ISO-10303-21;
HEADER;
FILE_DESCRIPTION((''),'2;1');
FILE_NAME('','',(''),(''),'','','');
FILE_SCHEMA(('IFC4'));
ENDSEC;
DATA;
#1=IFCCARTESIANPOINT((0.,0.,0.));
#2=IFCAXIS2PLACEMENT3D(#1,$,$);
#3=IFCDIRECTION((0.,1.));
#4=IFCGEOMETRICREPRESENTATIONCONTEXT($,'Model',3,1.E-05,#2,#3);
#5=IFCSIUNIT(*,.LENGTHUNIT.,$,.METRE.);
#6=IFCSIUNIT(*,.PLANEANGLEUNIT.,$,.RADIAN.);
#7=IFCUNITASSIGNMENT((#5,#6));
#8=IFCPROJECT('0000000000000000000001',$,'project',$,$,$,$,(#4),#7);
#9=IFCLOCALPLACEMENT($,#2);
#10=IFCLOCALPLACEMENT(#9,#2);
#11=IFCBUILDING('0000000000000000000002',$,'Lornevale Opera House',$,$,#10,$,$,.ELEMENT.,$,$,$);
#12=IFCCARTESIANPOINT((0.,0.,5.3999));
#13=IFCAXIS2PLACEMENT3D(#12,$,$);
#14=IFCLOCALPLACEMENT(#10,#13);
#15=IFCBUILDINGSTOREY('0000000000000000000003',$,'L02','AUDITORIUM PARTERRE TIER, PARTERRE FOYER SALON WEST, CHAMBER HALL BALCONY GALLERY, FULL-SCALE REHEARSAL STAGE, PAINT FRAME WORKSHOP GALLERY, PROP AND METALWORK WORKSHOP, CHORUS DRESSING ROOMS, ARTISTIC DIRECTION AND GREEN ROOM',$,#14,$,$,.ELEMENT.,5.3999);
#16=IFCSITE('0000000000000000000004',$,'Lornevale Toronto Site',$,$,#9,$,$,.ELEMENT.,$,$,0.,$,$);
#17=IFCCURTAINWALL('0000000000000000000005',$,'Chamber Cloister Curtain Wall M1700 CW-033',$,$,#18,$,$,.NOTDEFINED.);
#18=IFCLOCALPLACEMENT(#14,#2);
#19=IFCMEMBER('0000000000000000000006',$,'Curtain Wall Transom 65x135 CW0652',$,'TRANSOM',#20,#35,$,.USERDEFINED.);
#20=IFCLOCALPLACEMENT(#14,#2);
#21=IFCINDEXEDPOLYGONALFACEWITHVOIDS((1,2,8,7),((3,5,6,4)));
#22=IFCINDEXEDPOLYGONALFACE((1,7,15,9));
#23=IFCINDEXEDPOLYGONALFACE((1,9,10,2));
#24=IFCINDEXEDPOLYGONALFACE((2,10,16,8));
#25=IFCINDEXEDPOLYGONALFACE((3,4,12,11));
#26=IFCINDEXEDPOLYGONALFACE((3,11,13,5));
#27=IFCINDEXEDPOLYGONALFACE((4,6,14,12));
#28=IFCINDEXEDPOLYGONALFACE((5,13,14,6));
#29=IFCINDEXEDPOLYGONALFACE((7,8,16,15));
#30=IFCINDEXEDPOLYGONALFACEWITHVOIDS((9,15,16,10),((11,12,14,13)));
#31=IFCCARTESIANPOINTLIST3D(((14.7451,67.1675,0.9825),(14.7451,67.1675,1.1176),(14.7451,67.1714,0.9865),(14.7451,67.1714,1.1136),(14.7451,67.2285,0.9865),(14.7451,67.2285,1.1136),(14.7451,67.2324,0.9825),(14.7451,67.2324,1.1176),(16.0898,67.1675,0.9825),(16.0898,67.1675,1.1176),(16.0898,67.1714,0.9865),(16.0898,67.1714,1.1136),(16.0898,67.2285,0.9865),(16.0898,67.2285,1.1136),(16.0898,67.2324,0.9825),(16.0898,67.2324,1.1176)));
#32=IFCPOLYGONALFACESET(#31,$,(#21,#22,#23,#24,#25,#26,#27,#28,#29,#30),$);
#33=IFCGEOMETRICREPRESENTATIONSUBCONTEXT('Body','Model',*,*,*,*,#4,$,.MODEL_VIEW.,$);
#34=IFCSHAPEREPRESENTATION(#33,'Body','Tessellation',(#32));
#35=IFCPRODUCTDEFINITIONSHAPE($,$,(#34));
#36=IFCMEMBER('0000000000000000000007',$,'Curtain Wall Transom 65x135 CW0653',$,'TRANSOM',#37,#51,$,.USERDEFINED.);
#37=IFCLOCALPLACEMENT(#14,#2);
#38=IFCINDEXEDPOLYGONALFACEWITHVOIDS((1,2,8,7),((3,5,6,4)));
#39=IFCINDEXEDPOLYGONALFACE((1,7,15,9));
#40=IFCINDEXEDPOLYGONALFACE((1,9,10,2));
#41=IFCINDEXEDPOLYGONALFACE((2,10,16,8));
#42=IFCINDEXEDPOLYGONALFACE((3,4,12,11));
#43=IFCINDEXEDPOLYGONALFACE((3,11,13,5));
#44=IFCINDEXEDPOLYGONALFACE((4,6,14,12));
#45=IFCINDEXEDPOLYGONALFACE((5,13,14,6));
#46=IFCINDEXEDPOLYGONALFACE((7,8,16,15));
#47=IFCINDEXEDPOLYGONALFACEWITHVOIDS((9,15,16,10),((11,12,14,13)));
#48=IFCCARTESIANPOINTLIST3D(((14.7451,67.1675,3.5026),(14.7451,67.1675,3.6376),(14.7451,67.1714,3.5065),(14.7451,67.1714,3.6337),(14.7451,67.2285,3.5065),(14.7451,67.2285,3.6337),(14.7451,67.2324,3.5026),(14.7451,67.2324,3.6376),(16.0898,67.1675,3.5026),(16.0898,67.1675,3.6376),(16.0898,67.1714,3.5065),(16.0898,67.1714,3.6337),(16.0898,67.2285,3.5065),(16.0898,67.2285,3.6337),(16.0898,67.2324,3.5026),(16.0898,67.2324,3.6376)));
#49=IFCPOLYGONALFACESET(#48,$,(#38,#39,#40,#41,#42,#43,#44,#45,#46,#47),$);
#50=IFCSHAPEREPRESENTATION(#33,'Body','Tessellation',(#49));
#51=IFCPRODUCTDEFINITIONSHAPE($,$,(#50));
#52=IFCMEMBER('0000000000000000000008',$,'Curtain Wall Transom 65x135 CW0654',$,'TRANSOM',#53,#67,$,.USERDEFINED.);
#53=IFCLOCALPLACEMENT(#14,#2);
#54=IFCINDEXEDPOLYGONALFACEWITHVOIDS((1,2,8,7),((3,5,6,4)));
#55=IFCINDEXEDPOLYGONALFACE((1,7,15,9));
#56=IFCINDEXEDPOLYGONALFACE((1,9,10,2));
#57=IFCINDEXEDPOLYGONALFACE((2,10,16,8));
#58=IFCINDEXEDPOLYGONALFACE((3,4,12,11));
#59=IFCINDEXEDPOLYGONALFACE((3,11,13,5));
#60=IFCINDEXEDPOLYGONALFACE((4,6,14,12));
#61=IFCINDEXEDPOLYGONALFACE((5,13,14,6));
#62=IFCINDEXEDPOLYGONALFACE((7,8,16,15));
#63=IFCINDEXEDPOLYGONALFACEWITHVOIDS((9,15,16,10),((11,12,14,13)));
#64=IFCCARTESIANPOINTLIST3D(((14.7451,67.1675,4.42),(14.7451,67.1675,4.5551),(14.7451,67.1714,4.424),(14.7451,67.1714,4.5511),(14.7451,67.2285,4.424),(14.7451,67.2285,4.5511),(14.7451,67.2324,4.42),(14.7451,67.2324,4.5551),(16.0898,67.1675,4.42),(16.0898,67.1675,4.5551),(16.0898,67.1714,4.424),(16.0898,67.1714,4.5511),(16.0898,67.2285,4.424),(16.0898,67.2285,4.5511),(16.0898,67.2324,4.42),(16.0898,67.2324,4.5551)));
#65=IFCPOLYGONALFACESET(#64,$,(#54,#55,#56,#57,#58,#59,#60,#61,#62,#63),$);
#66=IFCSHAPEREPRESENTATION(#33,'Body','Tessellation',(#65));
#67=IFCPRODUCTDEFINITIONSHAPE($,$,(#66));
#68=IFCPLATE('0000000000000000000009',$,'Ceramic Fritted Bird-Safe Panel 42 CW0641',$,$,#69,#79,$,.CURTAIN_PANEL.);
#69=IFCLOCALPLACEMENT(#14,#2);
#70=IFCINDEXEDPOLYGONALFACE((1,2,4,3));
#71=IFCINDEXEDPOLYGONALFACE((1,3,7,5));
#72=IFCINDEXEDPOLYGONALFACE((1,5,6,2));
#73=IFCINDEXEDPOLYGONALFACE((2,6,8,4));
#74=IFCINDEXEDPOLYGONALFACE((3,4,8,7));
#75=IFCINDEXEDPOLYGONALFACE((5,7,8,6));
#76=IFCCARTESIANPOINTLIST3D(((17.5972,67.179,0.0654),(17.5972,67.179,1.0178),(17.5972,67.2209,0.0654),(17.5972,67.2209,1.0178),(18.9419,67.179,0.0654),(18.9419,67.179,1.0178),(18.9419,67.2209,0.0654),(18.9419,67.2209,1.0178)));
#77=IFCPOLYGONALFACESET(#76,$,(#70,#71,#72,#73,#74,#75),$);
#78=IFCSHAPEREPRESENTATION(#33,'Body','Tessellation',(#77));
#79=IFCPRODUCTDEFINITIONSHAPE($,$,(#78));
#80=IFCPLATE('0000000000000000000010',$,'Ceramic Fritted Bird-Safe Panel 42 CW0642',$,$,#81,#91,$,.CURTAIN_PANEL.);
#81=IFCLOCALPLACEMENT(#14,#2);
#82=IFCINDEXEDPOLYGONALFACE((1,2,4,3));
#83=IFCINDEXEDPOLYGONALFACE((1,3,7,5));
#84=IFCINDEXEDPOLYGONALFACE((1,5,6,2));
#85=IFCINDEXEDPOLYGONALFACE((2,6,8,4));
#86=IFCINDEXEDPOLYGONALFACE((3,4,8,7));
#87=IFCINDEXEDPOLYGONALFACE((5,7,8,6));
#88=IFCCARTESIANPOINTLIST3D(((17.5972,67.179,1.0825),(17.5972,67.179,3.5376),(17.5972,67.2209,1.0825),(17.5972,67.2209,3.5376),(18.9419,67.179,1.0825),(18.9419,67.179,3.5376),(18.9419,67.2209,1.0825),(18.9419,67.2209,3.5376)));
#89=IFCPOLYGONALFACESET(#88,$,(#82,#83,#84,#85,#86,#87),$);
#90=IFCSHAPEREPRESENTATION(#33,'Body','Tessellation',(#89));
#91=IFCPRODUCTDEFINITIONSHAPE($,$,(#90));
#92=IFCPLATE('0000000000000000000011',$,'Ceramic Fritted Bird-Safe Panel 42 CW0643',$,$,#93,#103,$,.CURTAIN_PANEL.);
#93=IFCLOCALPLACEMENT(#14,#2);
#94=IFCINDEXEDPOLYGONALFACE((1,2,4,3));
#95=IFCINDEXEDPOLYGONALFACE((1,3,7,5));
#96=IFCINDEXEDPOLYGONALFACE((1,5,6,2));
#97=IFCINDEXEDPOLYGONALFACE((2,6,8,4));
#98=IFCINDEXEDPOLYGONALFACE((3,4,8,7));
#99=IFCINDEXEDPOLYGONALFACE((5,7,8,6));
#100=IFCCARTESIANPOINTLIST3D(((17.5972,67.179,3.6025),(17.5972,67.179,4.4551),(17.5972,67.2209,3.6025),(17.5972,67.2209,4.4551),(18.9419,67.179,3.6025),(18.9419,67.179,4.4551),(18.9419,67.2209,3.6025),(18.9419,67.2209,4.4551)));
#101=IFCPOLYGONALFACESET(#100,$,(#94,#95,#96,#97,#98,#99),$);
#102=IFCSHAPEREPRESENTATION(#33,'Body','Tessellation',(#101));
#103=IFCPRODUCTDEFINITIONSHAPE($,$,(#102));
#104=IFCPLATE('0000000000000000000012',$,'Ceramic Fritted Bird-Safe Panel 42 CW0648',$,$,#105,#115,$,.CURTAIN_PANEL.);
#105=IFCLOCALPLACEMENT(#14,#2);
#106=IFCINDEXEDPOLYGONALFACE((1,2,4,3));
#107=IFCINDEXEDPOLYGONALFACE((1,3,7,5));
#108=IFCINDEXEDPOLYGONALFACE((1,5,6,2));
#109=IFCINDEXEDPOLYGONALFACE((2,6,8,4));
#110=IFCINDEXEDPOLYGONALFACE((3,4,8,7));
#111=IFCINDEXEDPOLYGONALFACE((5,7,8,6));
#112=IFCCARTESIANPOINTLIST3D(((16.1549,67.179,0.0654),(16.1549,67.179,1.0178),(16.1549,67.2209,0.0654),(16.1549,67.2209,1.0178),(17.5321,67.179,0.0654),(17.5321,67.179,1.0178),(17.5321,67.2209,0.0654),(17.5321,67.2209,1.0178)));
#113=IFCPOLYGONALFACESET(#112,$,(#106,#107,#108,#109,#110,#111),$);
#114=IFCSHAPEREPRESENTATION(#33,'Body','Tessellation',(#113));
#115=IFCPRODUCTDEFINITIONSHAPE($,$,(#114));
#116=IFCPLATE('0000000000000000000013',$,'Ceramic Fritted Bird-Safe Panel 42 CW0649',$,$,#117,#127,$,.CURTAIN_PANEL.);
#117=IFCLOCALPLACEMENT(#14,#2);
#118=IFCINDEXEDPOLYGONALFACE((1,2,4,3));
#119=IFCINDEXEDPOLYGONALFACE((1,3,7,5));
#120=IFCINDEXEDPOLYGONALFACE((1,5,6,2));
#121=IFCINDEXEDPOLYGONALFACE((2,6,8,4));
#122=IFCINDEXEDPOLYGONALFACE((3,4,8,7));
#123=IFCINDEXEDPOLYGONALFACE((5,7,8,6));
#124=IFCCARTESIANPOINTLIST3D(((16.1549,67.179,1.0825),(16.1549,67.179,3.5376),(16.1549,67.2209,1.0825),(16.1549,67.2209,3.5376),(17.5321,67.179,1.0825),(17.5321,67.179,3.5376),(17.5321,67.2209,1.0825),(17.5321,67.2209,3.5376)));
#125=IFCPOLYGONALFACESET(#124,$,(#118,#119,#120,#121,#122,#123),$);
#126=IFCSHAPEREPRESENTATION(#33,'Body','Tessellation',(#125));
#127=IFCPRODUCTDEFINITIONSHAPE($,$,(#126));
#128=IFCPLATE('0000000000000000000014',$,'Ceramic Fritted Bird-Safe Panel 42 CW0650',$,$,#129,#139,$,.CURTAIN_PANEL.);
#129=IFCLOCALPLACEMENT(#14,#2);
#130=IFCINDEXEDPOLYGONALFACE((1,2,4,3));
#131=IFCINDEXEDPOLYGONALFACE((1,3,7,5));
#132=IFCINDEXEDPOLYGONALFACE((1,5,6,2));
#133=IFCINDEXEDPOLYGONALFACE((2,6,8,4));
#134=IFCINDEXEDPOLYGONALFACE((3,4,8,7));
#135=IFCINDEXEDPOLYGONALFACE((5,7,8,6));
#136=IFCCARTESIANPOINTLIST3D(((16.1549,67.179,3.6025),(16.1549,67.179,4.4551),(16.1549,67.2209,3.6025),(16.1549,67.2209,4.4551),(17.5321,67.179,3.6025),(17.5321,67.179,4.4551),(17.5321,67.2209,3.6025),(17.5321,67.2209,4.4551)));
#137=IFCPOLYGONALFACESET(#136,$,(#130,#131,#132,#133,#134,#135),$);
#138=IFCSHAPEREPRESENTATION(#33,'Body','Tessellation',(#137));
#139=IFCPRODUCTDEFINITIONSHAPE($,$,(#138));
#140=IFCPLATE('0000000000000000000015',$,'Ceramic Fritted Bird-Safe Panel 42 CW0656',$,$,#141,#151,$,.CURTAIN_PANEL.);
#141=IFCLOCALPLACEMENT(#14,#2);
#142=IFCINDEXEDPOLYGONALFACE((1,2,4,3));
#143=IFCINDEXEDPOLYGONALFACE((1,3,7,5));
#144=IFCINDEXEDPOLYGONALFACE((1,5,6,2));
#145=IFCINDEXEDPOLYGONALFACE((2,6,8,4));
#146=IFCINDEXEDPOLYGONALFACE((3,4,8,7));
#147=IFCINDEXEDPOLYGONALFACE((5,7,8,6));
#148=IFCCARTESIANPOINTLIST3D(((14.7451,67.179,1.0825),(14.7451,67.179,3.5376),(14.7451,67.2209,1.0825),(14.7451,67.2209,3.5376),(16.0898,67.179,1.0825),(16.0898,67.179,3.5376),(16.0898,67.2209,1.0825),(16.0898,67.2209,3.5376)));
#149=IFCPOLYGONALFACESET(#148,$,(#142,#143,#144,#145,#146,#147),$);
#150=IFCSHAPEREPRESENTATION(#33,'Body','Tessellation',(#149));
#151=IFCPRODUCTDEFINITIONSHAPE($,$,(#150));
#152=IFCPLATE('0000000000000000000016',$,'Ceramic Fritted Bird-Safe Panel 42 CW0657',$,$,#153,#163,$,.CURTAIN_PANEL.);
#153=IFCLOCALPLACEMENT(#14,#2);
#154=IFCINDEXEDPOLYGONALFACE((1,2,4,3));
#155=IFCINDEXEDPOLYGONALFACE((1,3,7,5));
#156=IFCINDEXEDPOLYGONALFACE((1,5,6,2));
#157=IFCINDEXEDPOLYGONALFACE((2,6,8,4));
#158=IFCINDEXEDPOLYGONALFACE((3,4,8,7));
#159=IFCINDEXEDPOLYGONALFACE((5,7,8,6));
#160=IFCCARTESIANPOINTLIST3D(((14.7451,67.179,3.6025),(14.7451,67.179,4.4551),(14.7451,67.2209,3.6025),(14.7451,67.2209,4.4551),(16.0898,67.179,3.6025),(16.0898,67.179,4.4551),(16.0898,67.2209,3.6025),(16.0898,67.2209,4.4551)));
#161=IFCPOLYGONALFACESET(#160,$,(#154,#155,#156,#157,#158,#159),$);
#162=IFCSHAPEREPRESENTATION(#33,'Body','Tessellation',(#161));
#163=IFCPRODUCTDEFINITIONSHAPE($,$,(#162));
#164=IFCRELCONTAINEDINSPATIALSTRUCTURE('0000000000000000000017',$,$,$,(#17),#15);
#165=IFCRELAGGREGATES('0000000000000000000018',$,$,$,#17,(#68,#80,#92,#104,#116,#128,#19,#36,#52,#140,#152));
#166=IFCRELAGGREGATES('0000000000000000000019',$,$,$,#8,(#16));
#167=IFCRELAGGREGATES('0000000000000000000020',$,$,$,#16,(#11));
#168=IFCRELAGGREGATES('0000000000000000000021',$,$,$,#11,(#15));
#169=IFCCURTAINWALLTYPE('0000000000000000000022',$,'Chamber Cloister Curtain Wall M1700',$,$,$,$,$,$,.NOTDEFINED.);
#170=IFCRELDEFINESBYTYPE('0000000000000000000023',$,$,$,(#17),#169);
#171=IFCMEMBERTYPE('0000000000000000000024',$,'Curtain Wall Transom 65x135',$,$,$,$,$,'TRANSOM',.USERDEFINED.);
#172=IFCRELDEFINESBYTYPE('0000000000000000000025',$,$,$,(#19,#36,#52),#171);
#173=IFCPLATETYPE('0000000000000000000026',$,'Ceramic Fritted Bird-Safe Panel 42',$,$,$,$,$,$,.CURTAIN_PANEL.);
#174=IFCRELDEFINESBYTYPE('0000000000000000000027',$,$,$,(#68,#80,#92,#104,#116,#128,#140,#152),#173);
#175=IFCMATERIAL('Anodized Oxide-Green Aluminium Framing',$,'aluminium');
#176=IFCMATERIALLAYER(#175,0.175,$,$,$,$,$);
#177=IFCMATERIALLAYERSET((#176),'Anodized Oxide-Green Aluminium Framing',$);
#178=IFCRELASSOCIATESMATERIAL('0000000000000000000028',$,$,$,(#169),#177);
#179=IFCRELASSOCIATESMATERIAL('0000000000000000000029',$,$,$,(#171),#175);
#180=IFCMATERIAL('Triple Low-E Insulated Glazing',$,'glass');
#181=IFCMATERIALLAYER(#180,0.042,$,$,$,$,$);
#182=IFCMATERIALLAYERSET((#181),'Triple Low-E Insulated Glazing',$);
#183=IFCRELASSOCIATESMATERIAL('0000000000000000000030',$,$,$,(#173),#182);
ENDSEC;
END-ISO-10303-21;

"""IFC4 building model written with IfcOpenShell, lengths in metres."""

from ifc_helpers import new_model, si_unit, direction, frame, origin, origin_2d, place, context, subcontext, project, spatial, rectangle, hollow_rectangle, extrude, material, layer, layer_set, material_profile, profile_set, type_object, element, aggregate, save


model = new_model("IFC4")

# Units and contexts
model_context = context("Model", 3, precision=1e-05, world=origin(), true_north=direction((0.0, 1.0)))
body_context = subcontext(model_context, "Body", "Model", "MODEL_VIEW")
ifc_project = project(units=[si_unit("LENGTHUNIT", "METRE"), si_unit("PLANEANGLEUNIT", "RADIAN")], contexts=[model_context])

# Site, building, storey
site_placement = place(None, origin())
site = spatial("IfcSite", under=ifc_project, at=site_placement, Name="Lornevale Toronto Site", CompositionType="ELEMENT", RefElevation=0.0)
building_placement = place(site_placement, origin())
building = spatial("IfcBuilding", under=site, at=building_placement, Name="Lornevale Opera House", CompositionType="ELEMENT")
storey_placement = place(building_placement, frame((0.0, 0.0, 5.3999)))
storey = spatial("IfcBuildingStorey", under=building, at=storey_placement, Name="L02", Description="AUDITORIUM PARTERRE TIER, PARTERRE FOYER SALON WEST, CHAMBER HALL BALCONY GALLERY, FULL-SCALE REHEARSAL STAGE, PAINT FRAME WORKSHOP GALLERY, PROP AND METALWORK WORKSHOP, CHORUS DRESSING ROOMS, ARTISTIC DIRECTION AND GREEN ROOM", CompositionType="ELEMENT", Elevation=5.3999)

# Curtain wall, members, plates
ifc_material_1 = material(Name="Anodized Oxide-Green Aluminium Framing", Category="aluminium")
ifc_layer_1 = layer(ifc_material_1, 0.175)
ifc_layer_set_1 = layer_set([ifc_layer_1], Name="Anodized Oxide-Green Aluminium Framing")
curtain_wall_type = type_object("IfcCurtainWallType", Name="Chamber Cloister Curtain Wall M1700", PredefinedType="NOTDEFINED", material=ifc_layer_set_1)
curtain_wall_placement = place(storey_placement, origin())
curtain_wall = element("IfcCurtainWall", 1, at=curtain_wall_placement, inside=storey, type_object=curtain_wall_type, Name="Chamber Cloister Curtain Wall M1700 CW-033", PredefinedType="NOTDEFINED")
ifc_material_profile_1 = material_profile(ifc_material_1, hollow_rectangle(XDim=0.0649, YDim=0.135, WallThickness=0.0039, at=origin_2d()), Name="ALU65x135x4")
ifc_profile_set_1 = profile_set([ifc_material_profile_1], Name="Anodized Oxide-Green Aluminium Framing")
member_type_1 = type_object("IfcMemberType", Name="Curtain Wall Transom 65x135", ElementType="TRANSOM", PredefinedType="USERDEFINED", material=ifc_profile_set_1)
member_1_placement = place(storey_placement, frame((16.0898, 67.2, 1.05), z_axis=(-1.0, 0.0, 0.0), x_axis=(0.0, -1.0, 0.0)))
member_1 = element("IfcMember", 2, at=member_1_placement, type_object=member_type_1, Name="Curtain Wall Transom 65x135 CW0652", ObjectType="TRANSOM", PredefinedType="USERDEFINED", context=body_context, shape_type="SweptSolid", body=[
    extrude(hollow_rectangle(XDim=0.0649, YDim=0.135, WallThickness=0.0039, at=origin_2d()), origin(), (0.0, 0.0, 1.0), 1.3447),
])
member_2_placement = place(storey_placement, frame((16.0898, 67.2, 3.5701), z_axis=(-1.0, 0.0, 0.0), x_axis=(0.0, -1.0, 0.0)))
member_2 = element("IfcMember", 3, at=member_2_placement, type_object=member_type_1, Name="Curtain Wall Transom 65x135 CW0653", ObjectType="TRANSOM", PredefinedType="USERDEFINED", context=body_context, shape_type="SweptSolid", body=[
    extrude(hollow_rectangle(XDim=0.0649, YDim=0.135, WallThickness=0.0039, at=origin_2d()), origin(), (0.0, 0.0, 1.0), 1.3447),
])
member_3_placement = place(storey_placement, frame((16.0898, 67.2, 4.4875), z_axis=(-1.0, 0.0, 0.0), x_axis=(0.0, -1.0, 0.0)))
member_3 = element("IfcMember", 4, at=member_3_placement, type_object=member_type_1, Name="Curtain Wall Transom 65x135 CW0654", ObjectType="TRANSOM", PredefinedType="USERDEFINED", context=body_context, shape_type="SweptSolid", body=[
    extrude(hollow_rectangle(XDim=0.0649, YDim=0.135, WallThickness=0.0039, at=origin_2d()), origin(), (0.0, 0.0, 1.0), 1.3447),
])
ifc_material_2 = material(Name="Triple Low-E Insulated Glazing", Category="glass")
ifc_layer_2 = layer(ifc_material_2, 0.042)
ifc_layer_set_2 = layer_set([ifc_layer_2], Name="Triple Low-E Insulated Glazing")
plate_type = type_object("IfcPlateType", Name="Ceramic Fritted Bird-Safe Panel 42", PredefinedType="CURTAIN_PANEL", material=ifc_layer_set_2)
plate_1_placement = place(storey_placement, frame((18.2695, 67.2, 0.0654), z_axis=(0.0, 0.0, 1.0), x_axis=(-1.0, 0.0, 0.0)))
plate_1 = element("IfcPlate", 5, at=plate_1_placement, type_object=plate_type, Name="Ceramic Fritted Bird-Safe Panel 42 CW0641", PredefinedType="CURTAIN_PANEL", context=body_context, shape_type="SweptSolid", body=[
    extrude(rectangle(XDim=1.3447, YDim=0.042, at=origin_2d()), origin(), (0.0, 0.0, 1.0), 0.9524),
])
plate_2_placement = place(storey_placement, frame((18.2695, 67.2, 1.0825), z_axis=(0.0, 0.0, 1.0), x_axis=(-1.0, 0.0, 0.0)))
plate_2 = element("IfcPlate", 6, at=plate_2_placement, type_object=plate_type, Name="Ceramic Fritted Bird-Safe Panel 42 CW0642", PredefinedType="CURTAIN_PANEL", context=body_context, shape_type="SweptSolid", body=[
    extrude(rectangle(XDim=1.3447, YDim=0.042, at=origin_2d()), origin(), (0.0, 0.0, 1.0), 2.4551),
])
plate_3_placement = place(storey_placement, frame((18.2695, 67.2, 3.6025), z_axis=(0.0, 0.0, 1.0), x_axis=(-1.0, 0.0, 0.0)))
plate_3 = element("IfcPlate", 7, at=plate_3_placement, type_object=plate_type, Name="Ceramic Fritted Bird-Safe Panel 42 CW0643", PredefinedType="CURTAIN_PANEL", context=body_context, shape_type="SweptSolid", body=[
    extrude(rectangle(XDim=1.3447, YDim=0.042, at=origin_2d()), origin(), (0.0, 0.0, 1.0), 0.8525),
])
plate_4_placement = place(storey_placement, frame((16.8435, 67.2, 0.0654), z_axis=(0.0, 0.0, 1.0), x_axis=(-1.0, 0.0, 0.0)))
plate_4 = element("IfcPlate", 8, at=plate_4_placement, type_object=plate_type, Name="Ceramic Fritted Bird-Safe Panel 42 CW0648", PredefinedType="CURTAIN_PANEL", context=body_context, shape_type="SweptSolid", body=[
    extrude(rectangle(XDim=1.3772, YDim=0.042, at=origin_2d()), origin(), (0.0, 0.0, 1.0), 0.9524),
])
plate_5_placement = place(storey_placement, frame((16.8435, 67.2, 1.0825), z_axis=(0.0, 0.0, 1.0), x_axis=(-1.0, 0.0, 0.0)))
plate_5 = element("IfcPlate", 9, at=plate_5_placement, type_object=plate_type, Name="Ceramic Fritted Bird-Safe Panel 42 CW0649", PredefinedType="CURTAIN_PANEL", context=body_context, shape_type="SweptSolid", body=[
    extrude(rectangle(XDim=1.3772, YDim=0.042, at=origin_2d()), origin(), (0.0, 0.0, 1.0), 2.4551),
])
plate_6_placement = place(storey_placement, frame((16.8435, 67.2, 3.6025), z_axis=(0.0, 0.0, 1.0), x_axis=(-1.0, 0.0, 0.0)))
plate_6 = element("IfcPlate", 10, at=plate_6_placement, type_object=plate_type, Name="Ceramic Fritted Bird-Safe Panel 42 CW0650", PredefinedType="CURTAIN_PANEL", context=body_context, shape_type="SweptSolid", body=[
    extrude(rectangle(XDim=1.3772, YDim=0.042, at=origin_2d()), origin(), (0.0, 0.0, 1.0), 0.8525),
])
plate_7_placement = place(storey_placement, frame((15.4175, 67.2, 1.0825), z_axis=(0.0, 0.0, 1.0), x_axis=(-1.0, 0.0, 0.0)))
plate_7 = element("IfcPlate", 11, at=plate_7_placement, type_object=plate_type, Name="Ceramic Fritted Bird-Safe Panel 42 CW0656", PredefinedType="CURTAIN_PANEL", context=body_context, shape_type="SweptSolid", body=[
    extrude(rectangle(XDim=1.3447, YDim=0.042, at=origin_2d()), origin(), (0.0, 0.0, 1.0), 2.4551),
])
plate_8_placement = place(storey_placement, frame((15.4175, 67.2, 3.6025), z_axis=(0.0, 0.0, 1.0), x_axis=(-1.0, 0.0, 0.0)))
plate_8 = element("IfcPlate", 12, at=plate_8_placement, type_object=plate_type, Name="Ceramic Fritted Bird-Safe Panel 42 CW0657", PredefinedType="CURTAIN_PANEL", context=body_context, shape_type="SweptSolid", body=[
    extrude(rectangle(XDim=1.3447, YDim=0.042, at=origin_2d()), origin(), (0.0, 0.0, 1.0), 0.8525),
])
aggregate(curtain_wall, [plate_1, plate_2, plate_3, plate_4, plate_5, plate_6, member_1, member_2, member_3, plate_7, plate_8])

save(model, "model.ifc")
